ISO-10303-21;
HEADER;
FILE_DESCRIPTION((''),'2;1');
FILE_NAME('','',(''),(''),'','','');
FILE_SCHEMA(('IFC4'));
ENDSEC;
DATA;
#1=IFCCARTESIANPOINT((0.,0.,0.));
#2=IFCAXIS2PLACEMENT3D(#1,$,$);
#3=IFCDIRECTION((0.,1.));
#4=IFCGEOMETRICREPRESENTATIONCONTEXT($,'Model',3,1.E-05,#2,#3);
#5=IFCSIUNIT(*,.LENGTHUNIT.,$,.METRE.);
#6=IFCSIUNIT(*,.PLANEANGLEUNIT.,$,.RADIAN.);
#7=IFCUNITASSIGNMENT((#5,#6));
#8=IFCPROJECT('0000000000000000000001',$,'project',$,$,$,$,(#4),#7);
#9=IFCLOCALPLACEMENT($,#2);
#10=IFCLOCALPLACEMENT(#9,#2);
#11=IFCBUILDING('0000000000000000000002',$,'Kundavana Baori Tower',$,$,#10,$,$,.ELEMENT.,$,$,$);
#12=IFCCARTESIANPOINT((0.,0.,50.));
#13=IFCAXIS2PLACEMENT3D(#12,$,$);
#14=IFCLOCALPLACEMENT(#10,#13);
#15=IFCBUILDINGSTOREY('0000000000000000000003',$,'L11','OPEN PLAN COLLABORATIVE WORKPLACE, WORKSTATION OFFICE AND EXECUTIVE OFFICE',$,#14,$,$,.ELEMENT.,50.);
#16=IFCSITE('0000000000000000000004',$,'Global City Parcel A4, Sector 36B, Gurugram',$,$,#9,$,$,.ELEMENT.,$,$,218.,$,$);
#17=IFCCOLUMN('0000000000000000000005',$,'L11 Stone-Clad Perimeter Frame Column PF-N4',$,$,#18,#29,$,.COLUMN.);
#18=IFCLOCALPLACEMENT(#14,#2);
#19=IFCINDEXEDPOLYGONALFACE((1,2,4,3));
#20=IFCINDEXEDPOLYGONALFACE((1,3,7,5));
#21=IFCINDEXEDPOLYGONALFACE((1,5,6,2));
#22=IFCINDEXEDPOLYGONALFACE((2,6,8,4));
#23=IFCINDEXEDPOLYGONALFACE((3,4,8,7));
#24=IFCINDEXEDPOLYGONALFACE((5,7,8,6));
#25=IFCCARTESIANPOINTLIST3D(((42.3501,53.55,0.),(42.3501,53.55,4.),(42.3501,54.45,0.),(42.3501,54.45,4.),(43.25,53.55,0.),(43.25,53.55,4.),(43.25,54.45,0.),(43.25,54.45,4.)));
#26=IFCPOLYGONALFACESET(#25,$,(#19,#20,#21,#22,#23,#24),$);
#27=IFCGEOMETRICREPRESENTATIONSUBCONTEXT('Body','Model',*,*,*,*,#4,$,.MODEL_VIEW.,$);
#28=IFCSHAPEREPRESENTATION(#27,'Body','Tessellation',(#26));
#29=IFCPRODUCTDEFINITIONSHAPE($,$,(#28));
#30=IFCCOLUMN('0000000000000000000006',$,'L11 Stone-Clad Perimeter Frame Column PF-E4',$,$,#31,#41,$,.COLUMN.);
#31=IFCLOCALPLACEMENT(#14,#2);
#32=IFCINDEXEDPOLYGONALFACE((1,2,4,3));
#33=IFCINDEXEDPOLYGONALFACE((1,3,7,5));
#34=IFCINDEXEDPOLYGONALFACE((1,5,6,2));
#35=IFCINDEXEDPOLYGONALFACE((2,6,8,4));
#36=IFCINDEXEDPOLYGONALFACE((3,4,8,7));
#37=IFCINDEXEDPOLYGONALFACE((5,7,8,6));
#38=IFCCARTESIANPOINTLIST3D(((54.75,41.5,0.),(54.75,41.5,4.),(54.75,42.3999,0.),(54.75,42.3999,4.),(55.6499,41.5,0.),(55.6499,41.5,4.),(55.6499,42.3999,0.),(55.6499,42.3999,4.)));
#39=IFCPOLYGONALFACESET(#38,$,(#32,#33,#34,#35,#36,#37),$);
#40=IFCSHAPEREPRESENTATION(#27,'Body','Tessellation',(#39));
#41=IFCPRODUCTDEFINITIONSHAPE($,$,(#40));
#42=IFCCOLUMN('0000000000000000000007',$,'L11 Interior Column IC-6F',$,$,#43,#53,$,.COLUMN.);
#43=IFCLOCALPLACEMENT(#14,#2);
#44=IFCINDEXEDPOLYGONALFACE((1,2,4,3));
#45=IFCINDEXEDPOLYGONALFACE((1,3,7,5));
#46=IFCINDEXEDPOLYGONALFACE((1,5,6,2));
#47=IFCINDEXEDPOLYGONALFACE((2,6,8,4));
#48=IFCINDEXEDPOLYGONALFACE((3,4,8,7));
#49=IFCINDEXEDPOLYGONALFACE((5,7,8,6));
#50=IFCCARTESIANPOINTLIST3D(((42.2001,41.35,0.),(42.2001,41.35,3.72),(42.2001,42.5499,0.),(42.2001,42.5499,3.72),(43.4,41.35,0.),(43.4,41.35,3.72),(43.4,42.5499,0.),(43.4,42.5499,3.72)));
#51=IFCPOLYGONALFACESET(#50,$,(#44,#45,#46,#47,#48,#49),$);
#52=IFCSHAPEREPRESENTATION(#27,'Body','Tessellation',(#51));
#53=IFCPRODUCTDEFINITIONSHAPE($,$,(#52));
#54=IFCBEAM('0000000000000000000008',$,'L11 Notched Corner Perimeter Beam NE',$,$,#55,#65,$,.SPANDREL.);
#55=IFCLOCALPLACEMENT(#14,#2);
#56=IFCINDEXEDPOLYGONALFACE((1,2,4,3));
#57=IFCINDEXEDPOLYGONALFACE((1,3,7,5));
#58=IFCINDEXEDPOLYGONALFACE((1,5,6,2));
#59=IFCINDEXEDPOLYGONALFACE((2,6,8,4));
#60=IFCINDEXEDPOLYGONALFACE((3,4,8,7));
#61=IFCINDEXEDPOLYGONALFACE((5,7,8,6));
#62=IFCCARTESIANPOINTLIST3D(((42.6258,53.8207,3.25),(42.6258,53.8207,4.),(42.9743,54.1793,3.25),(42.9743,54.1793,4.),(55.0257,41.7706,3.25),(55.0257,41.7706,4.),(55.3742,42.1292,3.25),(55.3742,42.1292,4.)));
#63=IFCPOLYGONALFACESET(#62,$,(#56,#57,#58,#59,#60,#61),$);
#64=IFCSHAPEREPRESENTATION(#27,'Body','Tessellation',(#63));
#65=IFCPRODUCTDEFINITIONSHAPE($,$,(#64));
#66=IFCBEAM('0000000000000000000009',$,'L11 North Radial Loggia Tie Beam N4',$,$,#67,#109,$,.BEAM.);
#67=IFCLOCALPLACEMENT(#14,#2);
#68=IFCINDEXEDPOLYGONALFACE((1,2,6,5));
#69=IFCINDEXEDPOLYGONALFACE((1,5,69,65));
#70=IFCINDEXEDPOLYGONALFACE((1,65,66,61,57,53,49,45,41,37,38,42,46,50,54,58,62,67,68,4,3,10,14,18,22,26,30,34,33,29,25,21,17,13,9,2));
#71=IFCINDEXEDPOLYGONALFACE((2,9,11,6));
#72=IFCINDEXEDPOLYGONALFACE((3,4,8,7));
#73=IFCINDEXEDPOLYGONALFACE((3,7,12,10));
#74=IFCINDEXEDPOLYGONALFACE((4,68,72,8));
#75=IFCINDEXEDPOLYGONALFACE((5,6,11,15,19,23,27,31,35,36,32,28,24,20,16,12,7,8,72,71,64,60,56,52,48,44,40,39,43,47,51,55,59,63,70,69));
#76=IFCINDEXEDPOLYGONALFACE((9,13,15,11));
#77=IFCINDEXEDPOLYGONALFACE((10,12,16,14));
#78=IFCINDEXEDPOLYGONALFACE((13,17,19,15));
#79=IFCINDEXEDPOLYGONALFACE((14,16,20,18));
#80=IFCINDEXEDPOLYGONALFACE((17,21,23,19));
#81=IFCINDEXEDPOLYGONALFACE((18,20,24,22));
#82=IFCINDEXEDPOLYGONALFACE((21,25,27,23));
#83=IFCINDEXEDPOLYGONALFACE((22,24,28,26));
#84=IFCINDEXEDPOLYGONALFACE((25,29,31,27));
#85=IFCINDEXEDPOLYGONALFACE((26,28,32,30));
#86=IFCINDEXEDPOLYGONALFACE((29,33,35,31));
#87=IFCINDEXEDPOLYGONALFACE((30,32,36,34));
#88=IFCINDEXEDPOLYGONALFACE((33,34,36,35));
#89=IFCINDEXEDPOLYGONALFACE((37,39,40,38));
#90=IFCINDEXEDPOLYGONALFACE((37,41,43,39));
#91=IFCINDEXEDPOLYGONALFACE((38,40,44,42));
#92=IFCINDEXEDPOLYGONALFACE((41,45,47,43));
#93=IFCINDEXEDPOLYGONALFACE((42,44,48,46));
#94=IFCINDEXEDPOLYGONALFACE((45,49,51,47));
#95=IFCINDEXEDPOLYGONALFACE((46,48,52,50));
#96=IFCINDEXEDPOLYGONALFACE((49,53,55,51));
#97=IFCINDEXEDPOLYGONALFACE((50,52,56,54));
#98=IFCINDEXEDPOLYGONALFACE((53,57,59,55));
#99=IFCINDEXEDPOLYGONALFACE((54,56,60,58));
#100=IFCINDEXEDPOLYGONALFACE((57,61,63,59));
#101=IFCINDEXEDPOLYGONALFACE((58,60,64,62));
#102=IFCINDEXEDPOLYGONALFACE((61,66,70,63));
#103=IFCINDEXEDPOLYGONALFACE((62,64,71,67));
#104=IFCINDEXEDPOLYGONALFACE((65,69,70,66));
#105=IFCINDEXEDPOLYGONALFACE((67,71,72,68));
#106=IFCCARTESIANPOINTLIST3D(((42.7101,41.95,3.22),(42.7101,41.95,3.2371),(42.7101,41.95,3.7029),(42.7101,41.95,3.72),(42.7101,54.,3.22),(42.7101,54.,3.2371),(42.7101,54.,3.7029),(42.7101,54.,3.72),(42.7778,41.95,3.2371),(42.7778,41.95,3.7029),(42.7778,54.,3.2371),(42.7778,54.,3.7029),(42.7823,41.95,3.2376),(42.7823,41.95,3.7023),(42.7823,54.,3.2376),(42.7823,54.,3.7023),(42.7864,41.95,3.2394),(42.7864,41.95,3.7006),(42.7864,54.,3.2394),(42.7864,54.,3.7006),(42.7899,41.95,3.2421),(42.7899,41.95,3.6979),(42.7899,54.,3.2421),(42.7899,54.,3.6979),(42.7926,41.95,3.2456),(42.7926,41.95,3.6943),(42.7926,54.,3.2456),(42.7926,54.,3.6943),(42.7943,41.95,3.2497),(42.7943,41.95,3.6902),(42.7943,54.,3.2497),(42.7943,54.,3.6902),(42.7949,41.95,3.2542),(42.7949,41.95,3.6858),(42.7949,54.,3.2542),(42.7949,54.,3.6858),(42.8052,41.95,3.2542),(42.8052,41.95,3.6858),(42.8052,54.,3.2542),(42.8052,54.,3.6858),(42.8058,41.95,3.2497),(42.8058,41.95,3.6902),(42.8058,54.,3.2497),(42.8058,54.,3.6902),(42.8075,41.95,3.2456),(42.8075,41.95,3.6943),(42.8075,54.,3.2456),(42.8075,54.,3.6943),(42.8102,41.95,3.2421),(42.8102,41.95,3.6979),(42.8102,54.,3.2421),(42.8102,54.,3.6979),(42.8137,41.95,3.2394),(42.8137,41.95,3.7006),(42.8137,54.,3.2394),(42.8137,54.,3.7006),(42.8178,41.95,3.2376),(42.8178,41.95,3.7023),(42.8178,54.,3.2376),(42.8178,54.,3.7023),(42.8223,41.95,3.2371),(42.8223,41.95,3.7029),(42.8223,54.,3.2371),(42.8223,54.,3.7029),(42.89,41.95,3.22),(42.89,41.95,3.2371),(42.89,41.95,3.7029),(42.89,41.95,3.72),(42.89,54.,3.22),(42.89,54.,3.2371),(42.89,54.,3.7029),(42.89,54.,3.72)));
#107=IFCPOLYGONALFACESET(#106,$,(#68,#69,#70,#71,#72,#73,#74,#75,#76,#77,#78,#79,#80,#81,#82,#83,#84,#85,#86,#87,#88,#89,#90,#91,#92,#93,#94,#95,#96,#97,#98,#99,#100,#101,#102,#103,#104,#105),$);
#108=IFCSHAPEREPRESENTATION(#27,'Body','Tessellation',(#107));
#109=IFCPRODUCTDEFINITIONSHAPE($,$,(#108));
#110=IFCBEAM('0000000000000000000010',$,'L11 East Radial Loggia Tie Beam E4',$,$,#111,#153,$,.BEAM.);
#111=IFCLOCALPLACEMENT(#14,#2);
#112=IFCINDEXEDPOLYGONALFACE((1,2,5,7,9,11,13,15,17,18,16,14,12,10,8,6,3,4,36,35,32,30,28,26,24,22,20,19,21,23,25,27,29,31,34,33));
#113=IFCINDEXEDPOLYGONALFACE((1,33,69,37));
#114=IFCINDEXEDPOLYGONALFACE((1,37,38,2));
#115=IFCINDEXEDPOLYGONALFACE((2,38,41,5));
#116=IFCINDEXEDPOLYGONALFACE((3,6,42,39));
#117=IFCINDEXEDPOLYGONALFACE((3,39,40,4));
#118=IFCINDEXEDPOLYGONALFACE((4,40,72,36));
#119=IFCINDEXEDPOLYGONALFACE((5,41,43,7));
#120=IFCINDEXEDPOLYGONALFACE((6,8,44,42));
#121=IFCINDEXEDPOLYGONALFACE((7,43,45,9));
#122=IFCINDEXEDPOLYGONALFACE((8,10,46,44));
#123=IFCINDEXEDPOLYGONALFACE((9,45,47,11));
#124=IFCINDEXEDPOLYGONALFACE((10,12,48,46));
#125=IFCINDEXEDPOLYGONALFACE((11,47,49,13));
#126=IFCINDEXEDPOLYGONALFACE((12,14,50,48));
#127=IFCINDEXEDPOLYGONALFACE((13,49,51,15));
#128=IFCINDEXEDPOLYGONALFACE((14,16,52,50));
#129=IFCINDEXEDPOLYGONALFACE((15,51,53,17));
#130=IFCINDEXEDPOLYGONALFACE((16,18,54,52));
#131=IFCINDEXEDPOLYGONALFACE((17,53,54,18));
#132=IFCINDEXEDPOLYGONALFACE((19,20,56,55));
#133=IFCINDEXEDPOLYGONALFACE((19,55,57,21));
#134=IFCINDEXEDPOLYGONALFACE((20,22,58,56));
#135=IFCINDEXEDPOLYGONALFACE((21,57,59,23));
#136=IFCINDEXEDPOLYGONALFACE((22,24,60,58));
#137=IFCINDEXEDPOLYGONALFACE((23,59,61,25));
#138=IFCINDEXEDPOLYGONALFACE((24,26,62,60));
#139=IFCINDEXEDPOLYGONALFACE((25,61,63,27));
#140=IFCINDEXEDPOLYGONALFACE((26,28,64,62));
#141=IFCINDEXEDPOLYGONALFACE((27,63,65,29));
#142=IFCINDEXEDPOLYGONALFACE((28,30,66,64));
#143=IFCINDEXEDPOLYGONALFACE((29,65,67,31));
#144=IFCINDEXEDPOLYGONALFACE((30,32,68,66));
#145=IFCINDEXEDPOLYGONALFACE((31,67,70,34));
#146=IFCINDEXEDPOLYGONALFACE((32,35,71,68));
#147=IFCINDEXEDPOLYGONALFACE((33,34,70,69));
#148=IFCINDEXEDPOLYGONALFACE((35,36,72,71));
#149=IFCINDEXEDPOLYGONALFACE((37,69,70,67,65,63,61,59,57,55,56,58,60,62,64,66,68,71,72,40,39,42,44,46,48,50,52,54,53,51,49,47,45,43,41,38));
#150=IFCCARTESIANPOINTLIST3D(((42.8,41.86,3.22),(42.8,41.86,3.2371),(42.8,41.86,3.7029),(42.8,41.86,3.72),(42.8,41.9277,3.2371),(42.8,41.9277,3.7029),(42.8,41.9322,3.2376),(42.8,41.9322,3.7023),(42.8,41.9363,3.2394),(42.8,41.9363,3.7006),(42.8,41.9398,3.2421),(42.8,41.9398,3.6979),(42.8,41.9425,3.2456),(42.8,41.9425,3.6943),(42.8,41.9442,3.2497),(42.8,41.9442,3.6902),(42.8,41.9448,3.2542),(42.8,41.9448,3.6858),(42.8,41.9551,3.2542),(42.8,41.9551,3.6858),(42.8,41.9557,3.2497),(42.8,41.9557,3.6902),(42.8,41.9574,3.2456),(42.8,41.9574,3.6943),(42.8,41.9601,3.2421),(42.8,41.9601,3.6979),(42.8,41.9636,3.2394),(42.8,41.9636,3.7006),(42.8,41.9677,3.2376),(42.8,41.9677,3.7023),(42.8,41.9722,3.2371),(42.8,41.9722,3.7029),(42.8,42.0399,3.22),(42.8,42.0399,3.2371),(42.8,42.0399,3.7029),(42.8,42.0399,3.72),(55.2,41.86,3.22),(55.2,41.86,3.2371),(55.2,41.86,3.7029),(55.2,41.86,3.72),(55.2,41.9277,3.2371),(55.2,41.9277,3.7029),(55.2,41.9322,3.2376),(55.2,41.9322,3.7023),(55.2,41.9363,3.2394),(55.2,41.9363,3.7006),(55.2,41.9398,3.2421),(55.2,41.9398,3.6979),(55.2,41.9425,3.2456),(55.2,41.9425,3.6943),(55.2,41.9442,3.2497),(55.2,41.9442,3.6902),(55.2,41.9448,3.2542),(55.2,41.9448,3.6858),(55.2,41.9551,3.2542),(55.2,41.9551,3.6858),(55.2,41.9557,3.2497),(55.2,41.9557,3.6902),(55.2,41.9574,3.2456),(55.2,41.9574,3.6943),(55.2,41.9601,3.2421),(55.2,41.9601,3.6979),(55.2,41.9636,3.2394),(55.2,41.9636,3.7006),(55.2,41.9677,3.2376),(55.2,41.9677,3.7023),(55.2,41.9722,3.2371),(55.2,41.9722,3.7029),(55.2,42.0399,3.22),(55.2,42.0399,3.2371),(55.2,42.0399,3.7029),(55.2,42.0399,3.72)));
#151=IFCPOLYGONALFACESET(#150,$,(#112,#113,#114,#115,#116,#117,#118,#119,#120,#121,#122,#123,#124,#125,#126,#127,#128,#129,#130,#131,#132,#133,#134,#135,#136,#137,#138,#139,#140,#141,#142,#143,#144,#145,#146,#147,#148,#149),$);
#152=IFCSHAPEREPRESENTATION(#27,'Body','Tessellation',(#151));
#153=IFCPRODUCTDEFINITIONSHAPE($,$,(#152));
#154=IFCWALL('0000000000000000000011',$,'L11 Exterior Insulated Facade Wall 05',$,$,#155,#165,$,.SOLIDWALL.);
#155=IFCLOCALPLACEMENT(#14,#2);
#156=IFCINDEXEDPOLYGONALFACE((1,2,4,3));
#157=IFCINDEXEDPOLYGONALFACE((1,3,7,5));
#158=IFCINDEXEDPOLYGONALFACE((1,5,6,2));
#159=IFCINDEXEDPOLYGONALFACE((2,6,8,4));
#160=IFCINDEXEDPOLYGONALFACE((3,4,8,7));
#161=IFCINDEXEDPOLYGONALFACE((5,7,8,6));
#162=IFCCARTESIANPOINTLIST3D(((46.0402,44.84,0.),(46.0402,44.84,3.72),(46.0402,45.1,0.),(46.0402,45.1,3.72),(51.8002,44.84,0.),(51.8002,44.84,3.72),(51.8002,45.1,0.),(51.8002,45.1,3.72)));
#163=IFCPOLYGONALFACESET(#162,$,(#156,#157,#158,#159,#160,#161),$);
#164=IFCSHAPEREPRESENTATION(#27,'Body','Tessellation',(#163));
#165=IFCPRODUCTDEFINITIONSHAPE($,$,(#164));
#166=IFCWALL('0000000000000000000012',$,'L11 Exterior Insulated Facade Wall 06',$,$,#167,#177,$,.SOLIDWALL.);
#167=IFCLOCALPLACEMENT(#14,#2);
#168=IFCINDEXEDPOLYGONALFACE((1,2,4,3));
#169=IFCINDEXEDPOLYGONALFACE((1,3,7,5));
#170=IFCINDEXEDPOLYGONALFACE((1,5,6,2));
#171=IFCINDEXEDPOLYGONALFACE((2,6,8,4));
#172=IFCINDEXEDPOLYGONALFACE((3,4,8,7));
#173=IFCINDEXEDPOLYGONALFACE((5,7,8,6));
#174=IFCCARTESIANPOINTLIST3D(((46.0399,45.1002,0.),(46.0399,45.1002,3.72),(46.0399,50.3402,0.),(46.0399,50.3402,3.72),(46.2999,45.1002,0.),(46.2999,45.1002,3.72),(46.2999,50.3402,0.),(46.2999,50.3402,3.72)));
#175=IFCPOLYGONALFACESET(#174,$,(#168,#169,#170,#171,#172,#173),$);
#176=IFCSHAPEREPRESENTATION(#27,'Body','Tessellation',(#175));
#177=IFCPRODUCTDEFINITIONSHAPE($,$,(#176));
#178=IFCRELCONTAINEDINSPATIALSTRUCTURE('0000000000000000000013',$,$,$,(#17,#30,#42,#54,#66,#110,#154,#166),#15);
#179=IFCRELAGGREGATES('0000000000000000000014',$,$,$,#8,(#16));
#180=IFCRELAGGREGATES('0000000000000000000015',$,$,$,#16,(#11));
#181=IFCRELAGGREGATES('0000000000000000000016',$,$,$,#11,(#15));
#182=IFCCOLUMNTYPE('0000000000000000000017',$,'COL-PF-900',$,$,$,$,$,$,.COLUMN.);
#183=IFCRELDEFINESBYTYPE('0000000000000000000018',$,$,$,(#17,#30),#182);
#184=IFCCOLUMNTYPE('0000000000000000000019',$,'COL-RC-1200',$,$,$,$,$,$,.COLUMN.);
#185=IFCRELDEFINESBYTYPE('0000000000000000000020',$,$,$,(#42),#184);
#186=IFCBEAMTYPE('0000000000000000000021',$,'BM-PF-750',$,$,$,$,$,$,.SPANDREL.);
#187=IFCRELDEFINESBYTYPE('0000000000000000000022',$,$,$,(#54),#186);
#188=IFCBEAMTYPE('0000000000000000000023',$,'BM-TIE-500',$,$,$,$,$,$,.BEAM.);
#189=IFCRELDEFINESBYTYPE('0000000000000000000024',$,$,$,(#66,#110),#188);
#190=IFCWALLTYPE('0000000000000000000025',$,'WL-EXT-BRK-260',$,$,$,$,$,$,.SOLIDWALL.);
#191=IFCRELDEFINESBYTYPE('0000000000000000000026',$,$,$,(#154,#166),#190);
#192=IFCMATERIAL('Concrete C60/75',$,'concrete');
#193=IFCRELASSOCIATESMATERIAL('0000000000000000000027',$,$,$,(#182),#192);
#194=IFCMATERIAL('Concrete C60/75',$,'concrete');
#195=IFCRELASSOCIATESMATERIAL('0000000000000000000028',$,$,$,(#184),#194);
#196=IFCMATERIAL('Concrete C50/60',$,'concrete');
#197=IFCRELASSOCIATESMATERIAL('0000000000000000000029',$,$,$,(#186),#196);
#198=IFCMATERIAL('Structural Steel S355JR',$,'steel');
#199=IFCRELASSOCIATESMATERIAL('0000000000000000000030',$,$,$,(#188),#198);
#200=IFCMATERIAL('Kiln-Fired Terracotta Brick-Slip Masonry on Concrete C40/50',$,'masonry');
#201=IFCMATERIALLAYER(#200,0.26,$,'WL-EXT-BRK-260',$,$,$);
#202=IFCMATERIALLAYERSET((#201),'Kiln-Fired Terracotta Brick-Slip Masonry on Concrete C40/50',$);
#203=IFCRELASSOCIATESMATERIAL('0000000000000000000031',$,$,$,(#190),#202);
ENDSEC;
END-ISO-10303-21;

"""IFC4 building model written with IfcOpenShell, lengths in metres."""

from ifc_helpers import new_model, si_unit, direction, frame, frame_2d, origin, origin_2d, place, context, subcontext, project, spatial, rectangle, i_section, extrude, material, layer, layer_set, material_profile, profile_set, type_object, element, save


model = new_model("IFC4")

# Units and contexts
model_context = context("Model", 3, precision=1e-05, world=origin(), true_north=direction((0.0, 1.0)))
body_context = subcontext(model_context, "Body", "Model", "MODEL_VIEW")
ifc_project = project(units=[si_unit("LENGTHUNIT", "METRE"), si_unit("PLANEANGLEUNIT", "RADIAN")], contexts=[model_context])

# Site, building, storey
site_placement = place(None, origin())
site = spatial("IfcSite", under=ifc_project, at=site_placement, Name="Global City Parcel A4, Sector 36B, Gurugram", CompositionType="ELEMENT", RefElevation=218.0)
building_placement = place(site_placement, origin())
building = spatial("IfcBuilding", under=site, at=building_placement, Name="Kundavana Baori Tower", CompositionType="ELEMENT")
storey_placement = place(building_placement, frame((0.0, 0.0, 50.0)))
storey = spatial("IfcBuildingStorey", under=building, at=storey_placement, Name="L11", Description="OPEN PLAN COLLABORATIVE WORKPLACE, WORKSTATION OFFICE AND EXECUTIVE OFFICE", CompositionType="ELEMENT", Elevation=50.0)

# Columns
ifc_material_1 = material(Name="Concrete C60/75", Category="concrete")
ifc_material_profile_1 = material_profile(ifc_material_1, rectangle(XDim=0.8999, YDim=0.8999, at=origin_2d()), Name="RC PF 900x900")
ifc_profile_set_1 = profile_set([ifc_material_profile_1], Name="Concrete C60/75")
column_type_1 = type_object("IfcColumnType", Name="COL-PF-900", PredefinedType="COLUMN", material=ifc_profile_set_1)
for number, where, z_axis, x_axis, name in (
    (1, (42.8, 54.0, 0.0), (0.0, 0.0, 1.0), (1.0, 0.0, 0.0), "L11 Stone-Clad Perimeter Frame Column PF-N4"),
    (2, (55.2, 41.95, 0.0), (0.0, 0.0, 1.0), (1.0, 0.0, 0.0), "L11 Stone-Clad Perimeter Frame Column PF-E4"),
):
    element("IfcColumn", number, at=place(storey_placement, frame(where, z_axis=z_axis, x_axis=x_axis)), inside=storey, type_object=column_type_1, Name=name, PredefinedType="COLUMN", context=body_context, shape_type="SweptSolid", body=[
        extrude(rectangle(XDim=0.8999, YDim=0.8999, at=origin_2d()), origin(), (0.0, 0.0, 1.0), 4.0),
    ])
ifc_material_2 = material(Name="Concrete C60/75", Category="concrete")
ifc_material_profile_2 = material_profile(ifc_material_2, rectangle(XDim=1.2, YDim=1.2, at=origin_2d()), Name="RC 1200x1200")
ifc_profile_set_2 = profile_set([ifc_material_profile_2], Name="Concrete C60/75")
column_type_2 = type_object("IfcColumnType", Name="COL-RC-1200", PredefinedType="COLUMN", material=ifc_profile_set_2)
column_placement = place(storey_placement, frame((42.8, 41.95, 0.0), z_axis=(0.0, 0.0, 1.0), x_axis=(1.0, 0.0, 0.0)))
element("IfcColumn", 3, at=column_placement, inside=storey, type_object=column_type_2, Name="L11 Interior Column IC-6F", PredefinedType="COLUMN", context=body_context, shape_type="SweptSolid", body=[
    extrude(rectangle(XDim=1.2, YDim=1.2, at=origin_2d()), origin(), (0.0, 0.0, 1.0), 3.72),
])

# Beams
ifc_material_3 = material(Name="Concrete C50/60", Category="concrete")
ifc_material_profile_3 = material_profile(ifc_material_3, rectangle(XDim=0.5, YDim=0.75, at=origin_2d()), Name="RC BM 500x750")
ifc_profile_set_3 = profile_set([ifc_material_profile_3], Name="Concrete C50/60")
beam_type_1 = type_object("IfcBeamType", Name="BM-PF-750", PredefinedType="SPANDREL", material=ifc_profile_set_3)
beam_1_placement = place(storey_placement, frame((42.8, 54.0, 3.625), z_axis=(0.717151, -0.696917, 0.0), x_axis=(0.696917, 0.717151, 0.0)))
element("IfcBeam", 4, at=beam_1_placement, inside=storey, type_object=beam_type_1, Name="L11 Notched Corner Perimeter Beam NE", PredefinedType="SPANDREL", context=body_context, shape_type="SweptSolid", body=[
    extrude(rectangle(XDim=0.5, YDim=0.75, at=origin_2d()), origin(), (0.0, 0.0, 1.0), 17.2905),
])
ifc_material_4 = material(Name="Structural Steel S355JR", Category="steel")
ifc_material_profile_4 = material_profile(ifc_material_4, i_section(OverallWidth=0.1799, OverallDepth=0.5, WebThickness=0.0103, FlangeThickness=0.0171, FilletRadius=0.0171, at=origin_2d()), Name="ISMB 500")
ifc_profile_set_4 = profile_set([ifc_material_profile_4], Name="Structural Steel S355JR")
beam_type_2 = type_object("IfcBeamType", Name="BM-TIE-500", PredefinedType="BEAM", material=ifc_profile_set_4)
beam_2_placement = place(storey_placement, frame((42.8, 41.95, 3.47), z_axis=(0.0, 1.0, 0.0), x_axis=(-1.0, 0.0, 0.0)))
element("IfcBeam", 5, at=beam_2_placement, inside=storey, type_object=beam_type_2, Name="L11 North Radial Loggia Tie Beam N4", PredefinedType="BEAM", context=body_context, shape_type="SweptSolid", body=[
    extrude(i_section(OverallWidth=0.1799, OverallDepth=0.5, WebThickness=0.0103, FlangeThickness=0.0171, FilletRadius=0.0171, at=origin_2d()), origin(), (0.0, 0.0, 1.0), 12.05),
])
beam_3_placement = place(storey_placement, frame((42.8, 41.95, 3.47), z_axis=(1.0, 0.0, 0.0), x_axis=(0.0, 1.0, 0.0)))
element("IfcBeam", 6, at=beam_3_placement, inside=storey, type_object=beam_type_2, Name="L11 East Radial Loggia Tie Beam E4", PredefinedType="BEAM", context=body_context, shape_type="SweptSolid", body=[
    extrude(i_section(OverallWidth=0.1799, OverallDepth=0.5, WebThickness=0.0103, FlangeThickness=0.0171, FilletRadius=0.0171, at=origin_2d()), origin(), (0.0, 0.0, 1.0), 12.3999),
])

# Walls
ifc_material_5 = material(Name="Kiln-Fired Terracotta Brick-Slip Masonry on Concrete C40/50", Category="masonry")
ifc_layer_1 = layer(ifc_material_5, 0.26, Name="WL-EXT-BRK-260")
ifc_layer_set_1 = layer_set([ifc_layer_1], Name="Kiln-Fired Terracotta Brick-Slip Masonry on Concrete C40/50")
wall_type_1 = type_object("IfcWallType", Name="WL-EXT-BRK-260", PredefinedType="SOLIDWALL", material=ifc_layer_set_1)
wall_1_placement = place(storey_placement, frame((51.8, 44.97, 0.0), z_axis=(0.0, 0.0, 1.0), x_axis=(-1.0, 0.0, 0.0)))
element("IfcWall", 7, at=wall_1_placement, inside=storey, type_object=wall_type_1, Name="L11 Exterior Insulated Facade Wall 05", PredefinedType="SOLIDWALL", context=body_context, shape_type="SweptSolid", body=[
    extrude(rectangle(XDim=5.76, YDim=0.26, at=frame_2d((2.8799, 0.0))), origin(), (0.0, 0.0, 1.0), 3.72),
])
wall_2_placement = place(storey_placement, frame((46.1699, 45.1001, 0.0), z_axis=(0.0, 0.0, 1.0), x_axis=(0.0, 1.0, 0.0)))
element("IfcWall", 8, at=wall_2_placement, inside=storey, type_object=wall_type_1, Name="L11 Exterior Insulated Facade Wall 06", PredefinedType="SOLIDWALL", context=body_context, shape_type="SweptSolid", body=[
    extrude(rectangle(XDim=5.24, YDim=0.26, at=frame_2d((2.6201, 0.0))), origin(), (0.0, 0.0, 1.0), 3.72),
])

save(model, "model.ifc")
